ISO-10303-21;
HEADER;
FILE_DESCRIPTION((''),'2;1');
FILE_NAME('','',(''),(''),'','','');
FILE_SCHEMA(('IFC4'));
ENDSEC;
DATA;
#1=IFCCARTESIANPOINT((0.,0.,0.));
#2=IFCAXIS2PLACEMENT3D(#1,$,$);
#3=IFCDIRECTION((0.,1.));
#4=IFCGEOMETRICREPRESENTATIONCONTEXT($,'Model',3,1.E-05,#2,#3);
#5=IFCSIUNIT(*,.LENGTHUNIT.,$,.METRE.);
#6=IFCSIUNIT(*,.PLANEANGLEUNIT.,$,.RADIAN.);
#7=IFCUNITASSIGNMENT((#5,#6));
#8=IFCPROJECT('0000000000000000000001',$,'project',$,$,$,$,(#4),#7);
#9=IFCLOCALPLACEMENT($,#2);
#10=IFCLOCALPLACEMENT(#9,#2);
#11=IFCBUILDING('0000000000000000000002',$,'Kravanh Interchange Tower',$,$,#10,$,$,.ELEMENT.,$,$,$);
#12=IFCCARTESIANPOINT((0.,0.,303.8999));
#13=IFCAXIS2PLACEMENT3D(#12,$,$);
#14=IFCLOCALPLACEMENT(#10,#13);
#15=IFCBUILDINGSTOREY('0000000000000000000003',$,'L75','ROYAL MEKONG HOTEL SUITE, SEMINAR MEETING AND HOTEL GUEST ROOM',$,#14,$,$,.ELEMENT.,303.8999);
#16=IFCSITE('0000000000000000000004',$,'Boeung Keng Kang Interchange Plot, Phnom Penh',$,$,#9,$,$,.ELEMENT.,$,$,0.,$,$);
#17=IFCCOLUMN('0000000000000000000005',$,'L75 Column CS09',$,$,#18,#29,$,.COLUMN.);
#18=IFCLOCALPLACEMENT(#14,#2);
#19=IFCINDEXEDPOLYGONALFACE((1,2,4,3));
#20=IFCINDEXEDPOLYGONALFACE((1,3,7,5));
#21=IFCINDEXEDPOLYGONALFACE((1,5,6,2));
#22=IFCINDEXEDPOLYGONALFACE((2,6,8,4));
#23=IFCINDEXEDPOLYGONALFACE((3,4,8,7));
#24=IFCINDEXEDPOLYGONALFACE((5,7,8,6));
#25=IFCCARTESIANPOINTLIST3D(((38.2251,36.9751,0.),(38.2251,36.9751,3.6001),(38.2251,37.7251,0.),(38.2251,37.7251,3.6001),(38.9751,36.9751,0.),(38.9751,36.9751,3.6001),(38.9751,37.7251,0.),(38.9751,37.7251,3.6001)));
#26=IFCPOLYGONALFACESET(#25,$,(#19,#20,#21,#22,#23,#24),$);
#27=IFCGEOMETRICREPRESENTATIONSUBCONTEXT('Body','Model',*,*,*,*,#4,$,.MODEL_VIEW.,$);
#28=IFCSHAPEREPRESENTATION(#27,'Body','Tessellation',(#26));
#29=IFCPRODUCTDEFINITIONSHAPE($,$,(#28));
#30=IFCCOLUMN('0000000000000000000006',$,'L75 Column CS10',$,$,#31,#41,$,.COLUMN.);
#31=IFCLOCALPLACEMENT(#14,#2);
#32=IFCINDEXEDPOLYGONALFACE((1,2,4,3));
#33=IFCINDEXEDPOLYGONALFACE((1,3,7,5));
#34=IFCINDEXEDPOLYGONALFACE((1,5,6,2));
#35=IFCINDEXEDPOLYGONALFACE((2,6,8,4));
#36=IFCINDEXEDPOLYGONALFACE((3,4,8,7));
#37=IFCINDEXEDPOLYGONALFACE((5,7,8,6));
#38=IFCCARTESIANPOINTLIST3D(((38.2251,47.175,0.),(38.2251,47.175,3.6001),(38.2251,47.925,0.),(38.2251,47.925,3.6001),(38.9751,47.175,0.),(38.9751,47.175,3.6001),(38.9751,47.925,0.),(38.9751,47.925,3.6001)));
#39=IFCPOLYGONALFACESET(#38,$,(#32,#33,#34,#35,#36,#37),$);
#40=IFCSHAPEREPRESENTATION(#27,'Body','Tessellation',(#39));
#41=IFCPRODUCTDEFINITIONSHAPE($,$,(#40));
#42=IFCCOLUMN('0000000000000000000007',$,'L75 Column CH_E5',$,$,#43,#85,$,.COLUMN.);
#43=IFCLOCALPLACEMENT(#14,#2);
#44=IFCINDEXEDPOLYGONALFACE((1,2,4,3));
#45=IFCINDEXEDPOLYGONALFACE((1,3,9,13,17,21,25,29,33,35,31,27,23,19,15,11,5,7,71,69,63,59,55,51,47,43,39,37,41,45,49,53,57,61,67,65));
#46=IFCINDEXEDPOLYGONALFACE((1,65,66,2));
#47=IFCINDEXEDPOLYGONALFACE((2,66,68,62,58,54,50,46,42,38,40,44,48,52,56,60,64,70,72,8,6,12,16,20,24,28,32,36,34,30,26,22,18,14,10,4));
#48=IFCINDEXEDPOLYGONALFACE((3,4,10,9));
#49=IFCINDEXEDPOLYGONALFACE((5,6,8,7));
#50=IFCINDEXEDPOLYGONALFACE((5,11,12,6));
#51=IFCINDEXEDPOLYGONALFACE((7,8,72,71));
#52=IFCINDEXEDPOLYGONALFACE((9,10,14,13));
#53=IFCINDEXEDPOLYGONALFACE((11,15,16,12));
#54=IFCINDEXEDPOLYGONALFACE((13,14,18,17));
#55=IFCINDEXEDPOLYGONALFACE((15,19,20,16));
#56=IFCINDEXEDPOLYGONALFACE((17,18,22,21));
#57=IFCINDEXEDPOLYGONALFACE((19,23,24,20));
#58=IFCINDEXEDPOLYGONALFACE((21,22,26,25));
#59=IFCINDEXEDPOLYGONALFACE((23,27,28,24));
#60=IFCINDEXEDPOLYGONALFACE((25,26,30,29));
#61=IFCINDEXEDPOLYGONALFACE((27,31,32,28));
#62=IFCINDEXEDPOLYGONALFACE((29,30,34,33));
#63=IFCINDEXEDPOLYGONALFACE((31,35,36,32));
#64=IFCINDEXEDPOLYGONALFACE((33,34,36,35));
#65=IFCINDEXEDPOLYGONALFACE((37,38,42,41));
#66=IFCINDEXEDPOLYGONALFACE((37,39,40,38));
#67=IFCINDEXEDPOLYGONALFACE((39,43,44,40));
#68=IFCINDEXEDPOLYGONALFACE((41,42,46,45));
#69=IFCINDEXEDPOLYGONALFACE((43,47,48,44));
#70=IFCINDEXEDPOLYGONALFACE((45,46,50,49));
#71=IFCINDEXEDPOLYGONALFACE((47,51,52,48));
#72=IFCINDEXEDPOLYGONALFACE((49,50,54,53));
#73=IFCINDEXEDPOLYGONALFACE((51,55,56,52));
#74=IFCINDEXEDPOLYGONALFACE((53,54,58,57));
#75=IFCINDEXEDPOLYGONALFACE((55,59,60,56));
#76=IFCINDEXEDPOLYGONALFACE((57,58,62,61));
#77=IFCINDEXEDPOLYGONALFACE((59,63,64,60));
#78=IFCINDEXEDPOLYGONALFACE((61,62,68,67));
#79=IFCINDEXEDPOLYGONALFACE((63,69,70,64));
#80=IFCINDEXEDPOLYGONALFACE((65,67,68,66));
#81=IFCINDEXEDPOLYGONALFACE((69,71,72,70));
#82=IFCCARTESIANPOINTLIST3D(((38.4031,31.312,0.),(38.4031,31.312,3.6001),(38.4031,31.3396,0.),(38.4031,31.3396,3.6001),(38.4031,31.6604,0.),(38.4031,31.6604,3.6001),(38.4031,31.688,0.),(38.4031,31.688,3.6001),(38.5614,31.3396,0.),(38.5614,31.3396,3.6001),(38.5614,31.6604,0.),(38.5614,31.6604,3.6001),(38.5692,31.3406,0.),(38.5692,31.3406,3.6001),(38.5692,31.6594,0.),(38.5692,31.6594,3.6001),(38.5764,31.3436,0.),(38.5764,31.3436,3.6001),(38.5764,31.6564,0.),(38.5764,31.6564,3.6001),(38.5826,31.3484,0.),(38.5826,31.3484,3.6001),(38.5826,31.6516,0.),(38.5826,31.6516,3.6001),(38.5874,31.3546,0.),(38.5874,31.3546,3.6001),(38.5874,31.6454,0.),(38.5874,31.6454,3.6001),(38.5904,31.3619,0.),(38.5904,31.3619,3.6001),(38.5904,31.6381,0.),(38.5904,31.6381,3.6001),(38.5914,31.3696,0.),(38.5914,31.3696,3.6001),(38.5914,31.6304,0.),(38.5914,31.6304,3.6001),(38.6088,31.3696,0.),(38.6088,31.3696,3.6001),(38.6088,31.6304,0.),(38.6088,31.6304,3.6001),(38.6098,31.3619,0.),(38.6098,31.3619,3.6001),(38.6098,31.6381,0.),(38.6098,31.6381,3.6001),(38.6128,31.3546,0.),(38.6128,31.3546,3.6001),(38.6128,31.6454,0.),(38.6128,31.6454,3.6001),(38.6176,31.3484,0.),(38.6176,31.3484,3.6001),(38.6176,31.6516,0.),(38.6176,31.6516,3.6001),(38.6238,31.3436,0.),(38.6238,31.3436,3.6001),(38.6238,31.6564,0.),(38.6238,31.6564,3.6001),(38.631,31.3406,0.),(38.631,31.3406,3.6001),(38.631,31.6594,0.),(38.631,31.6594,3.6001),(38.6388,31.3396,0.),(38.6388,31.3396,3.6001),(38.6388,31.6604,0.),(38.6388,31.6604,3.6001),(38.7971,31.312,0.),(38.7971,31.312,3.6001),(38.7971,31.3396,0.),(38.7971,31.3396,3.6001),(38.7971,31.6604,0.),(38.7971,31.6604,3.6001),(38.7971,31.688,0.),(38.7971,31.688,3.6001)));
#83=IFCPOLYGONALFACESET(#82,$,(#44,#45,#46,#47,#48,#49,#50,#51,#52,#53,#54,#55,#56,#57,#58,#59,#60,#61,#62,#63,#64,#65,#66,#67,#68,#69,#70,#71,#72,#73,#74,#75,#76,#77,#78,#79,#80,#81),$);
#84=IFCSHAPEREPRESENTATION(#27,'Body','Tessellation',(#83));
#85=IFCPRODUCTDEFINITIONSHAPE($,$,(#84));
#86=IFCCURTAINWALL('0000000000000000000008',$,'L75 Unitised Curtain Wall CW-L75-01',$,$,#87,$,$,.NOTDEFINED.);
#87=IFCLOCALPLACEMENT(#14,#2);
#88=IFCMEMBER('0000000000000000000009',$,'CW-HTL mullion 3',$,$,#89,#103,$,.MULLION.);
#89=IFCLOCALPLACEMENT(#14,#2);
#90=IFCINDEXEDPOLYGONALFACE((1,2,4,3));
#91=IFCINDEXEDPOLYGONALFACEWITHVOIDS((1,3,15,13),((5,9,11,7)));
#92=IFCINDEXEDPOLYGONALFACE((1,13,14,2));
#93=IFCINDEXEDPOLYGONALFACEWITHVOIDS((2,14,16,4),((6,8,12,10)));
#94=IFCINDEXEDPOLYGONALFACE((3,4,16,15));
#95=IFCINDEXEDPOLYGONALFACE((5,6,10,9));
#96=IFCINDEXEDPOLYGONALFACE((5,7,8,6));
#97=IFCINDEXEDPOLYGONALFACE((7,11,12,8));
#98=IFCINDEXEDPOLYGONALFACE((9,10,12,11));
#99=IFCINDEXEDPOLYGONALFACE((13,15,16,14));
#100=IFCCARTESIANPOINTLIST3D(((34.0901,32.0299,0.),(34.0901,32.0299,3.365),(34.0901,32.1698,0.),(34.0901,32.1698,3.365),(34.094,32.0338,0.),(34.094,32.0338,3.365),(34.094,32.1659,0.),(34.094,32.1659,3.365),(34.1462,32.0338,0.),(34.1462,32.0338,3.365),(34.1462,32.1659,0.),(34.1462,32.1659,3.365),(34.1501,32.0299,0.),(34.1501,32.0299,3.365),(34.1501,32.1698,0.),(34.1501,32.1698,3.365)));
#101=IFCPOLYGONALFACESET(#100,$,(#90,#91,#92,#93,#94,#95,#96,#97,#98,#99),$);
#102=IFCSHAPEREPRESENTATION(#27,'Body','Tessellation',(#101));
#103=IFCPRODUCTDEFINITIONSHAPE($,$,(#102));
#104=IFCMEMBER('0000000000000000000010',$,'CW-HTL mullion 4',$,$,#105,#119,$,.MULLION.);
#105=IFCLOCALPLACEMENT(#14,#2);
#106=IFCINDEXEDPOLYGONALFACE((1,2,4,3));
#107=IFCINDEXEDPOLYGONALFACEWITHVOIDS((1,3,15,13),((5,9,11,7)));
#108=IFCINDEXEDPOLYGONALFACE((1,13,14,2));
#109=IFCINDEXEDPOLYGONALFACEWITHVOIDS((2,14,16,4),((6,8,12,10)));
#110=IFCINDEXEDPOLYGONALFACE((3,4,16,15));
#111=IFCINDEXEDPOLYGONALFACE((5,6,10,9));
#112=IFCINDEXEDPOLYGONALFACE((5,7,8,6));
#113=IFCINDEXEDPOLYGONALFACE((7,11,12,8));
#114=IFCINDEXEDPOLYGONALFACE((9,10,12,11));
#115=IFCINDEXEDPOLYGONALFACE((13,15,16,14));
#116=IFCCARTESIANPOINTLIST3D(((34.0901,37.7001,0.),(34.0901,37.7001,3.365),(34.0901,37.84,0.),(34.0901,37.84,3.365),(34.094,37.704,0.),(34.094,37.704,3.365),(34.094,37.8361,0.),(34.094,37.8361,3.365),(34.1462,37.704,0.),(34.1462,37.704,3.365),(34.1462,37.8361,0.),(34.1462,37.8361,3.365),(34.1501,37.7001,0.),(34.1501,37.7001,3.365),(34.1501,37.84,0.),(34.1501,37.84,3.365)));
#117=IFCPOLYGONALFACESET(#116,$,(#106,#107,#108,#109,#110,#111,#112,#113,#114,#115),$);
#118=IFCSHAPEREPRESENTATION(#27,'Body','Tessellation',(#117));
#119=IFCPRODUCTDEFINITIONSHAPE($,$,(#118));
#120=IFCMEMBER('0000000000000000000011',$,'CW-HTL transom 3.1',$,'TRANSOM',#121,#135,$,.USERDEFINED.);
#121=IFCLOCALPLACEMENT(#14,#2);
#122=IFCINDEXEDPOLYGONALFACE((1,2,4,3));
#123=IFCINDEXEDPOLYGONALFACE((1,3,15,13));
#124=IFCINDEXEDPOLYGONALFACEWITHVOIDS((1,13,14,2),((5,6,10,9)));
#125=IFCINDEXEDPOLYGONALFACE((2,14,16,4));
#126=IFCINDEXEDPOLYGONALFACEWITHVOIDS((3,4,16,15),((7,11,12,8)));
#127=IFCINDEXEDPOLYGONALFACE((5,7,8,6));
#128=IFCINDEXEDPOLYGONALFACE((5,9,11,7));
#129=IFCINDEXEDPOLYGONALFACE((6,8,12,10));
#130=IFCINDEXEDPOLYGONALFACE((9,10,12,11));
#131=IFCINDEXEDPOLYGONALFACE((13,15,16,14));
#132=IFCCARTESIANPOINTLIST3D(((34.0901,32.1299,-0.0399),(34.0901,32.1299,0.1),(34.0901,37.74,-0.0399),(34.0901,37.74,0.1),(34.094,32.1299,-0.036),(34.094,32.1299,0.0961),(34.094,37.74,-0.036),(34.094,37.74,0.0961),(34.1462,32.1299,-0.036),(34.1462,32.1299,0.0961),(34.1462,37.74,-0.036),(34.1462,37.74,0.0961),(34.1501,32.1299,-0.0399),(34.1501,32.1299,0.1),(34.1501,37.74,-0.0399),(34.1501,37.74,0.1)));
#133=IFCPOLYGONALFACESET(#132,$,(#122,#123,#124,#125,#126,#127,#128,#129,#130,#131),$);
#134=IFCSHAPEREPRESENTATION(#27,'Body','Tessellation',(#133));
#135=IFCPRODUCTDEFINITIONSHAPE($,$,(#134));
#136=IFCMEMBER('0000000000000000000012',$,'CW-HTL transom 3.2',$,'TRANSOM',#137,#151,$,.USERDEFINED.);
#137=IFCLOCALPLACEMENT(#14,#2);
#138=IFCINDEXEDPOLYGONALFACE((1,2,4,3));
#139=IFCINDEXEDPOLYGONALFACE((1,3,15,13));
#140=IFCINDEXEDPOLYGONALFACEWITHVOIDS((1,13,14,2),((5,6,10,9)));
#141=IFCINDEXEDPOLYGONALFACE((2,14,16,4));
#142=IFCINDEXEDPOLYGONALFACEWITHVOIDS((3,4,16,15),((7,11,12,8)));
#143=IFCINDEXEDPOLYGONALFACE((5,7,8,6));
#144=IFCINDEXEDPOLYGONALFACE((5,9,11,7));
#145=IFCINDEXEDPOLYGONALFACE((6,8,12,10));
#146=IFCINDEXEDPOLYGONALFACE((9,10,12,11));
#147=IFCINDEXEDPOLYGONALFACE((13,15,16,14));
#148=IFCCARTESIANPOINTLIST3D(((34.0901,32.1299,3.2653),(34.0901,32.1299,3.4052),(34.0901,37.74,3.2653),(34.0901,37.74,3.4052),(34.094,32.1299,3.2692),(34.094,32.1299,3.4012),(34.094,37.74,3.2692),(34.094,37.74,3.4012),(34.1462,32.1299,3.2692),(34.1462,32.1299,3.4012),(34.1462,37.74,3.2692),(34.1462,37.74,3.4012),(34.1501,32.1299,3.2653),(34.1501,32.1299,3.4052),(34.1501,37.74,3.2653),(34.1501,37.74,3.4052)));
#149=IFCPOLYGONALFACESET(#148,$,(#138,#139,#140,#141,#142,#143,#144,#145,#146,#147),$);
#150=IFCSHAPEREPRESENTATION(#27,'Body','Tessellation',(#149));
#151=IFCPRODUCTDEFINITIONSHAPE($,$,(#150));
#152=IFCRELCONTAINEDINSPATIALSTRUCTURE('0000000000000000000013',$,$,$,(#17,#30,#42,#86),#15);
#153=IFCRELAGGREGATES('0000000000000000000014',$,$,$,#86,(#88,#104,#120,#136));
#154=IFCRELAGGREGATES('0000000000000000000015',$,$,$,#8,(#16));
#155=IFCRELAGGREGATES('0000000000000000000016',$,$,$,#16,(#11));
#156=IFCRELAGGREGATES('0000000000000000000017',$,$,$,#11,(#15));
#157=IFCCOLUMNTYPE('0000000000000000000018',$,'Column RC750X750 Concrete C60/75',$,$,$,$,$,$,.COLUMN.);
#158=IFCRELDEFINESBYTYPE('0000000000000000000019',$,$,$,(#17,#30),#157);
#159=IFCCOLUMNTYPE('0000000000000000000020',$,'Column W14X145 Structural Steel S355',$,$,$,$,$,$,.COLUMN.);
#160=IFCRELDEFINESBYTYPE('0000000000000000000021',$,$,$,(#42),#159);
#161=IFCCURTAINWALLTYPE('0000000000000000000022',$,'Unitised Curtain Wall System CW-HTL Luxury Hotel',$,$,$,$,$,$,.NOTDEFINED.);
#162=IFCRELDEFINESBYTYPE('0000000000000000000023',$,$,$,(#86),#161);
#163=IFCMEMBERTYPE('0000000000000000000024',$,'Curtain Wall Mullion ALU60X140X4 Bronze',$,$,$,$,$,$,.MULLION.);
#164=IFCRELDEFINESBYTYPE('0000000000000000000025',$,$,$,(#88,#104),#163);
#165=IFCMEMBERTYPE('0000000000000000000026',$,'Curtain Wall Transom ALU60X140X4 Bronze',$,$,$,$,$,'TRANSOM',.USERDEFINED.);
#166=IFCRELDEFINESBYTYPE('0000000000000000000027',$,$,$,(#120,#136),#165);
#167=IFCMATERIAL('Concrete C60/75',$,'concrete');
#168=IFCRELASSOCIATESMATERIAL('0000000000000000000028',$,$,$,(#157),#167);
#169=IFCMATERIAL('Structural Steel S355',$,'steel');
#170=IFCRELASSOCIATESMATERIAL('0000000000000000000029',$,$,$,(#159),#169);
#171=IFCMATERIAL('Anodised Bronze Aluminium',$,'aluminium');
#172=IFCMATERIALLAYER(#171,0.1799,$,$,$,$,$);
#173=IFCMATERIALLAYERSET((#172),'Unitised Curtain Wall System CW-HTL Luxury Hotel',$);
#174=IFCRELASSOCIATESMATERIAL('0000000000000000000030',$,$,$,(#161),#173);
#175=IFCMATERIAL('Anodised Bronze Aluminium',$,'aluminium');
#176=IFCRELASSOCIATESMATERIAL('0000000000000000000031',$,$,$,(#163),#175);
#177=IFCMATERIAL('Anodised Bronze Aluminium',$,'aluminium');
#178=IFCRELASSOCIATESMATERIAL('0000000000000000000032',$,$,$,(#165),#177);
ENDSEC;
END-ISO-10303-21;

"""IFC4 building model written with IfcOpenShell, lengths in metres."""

from ifc_helpers import new_model, si_unit, direction, frame, origin, origin_2d, place, context, subcontext, project, spatial, rectangle, hollow_rectangle, i_section, extrude, material, layer, layer_set, material_profile, profile_set, type_object, element, aggregate, save


model = new_model("IFC4")

# Units and contexts
model_context = context("Model", 3, precision=1e-05, world=origin(), true_north=direction((0.0, 1.0)))
body_context = subcontext(model_context, "Body", "Model", "MODEL_VIEW")
ifc_project = project(units=[si_unit("LENGTHUNIT", "METRE"), si_unit("PLANEANGLEUNIT", "RADIAN")], contexts=[model_context])

# Site, building, storey
site_placement = place(None, origin())
site = spatial("IfcSite", under=ifc_project, at=site_placement, Name="Boeung Keng Kang Interchange Plot, Phnom Penh", CompositionType="ELEMENT", RefElevation=0.0)
building_placement = place(site_placement, origin())
building = spatial("IfcBuilding", under=site, at=building_placement, Name="Kravanh Interchange Tower", CompositionType="ELEMENT")
storey_placement = place(building_placement, frame((0.0, 0.0, 303.8999)))
storey = spatial("IfcBuildingStorey", under=building, at=storey_placement, Name="L75", Description="ROYAL MEKONG HOTEL SUITE, SEMINAR MEETING AND HOTEL GUEST ROOM", CompositionType="ELEMENT", Elevation=303.8999)

# Columns
ifc_material_1 = material(Name="Concrete C60/75", Category="concrete")
ifc_material_profile_1 = material_profile(ifc_material_1, rectangle(XDim=0.75, YDim=0.75, at=origin_2d()), Name="RC750X750")
ifc_profile_set_1 = profile_set([ifc_material_profile_1], Name="Concrete C60/75")
column_type_1 = type_object("IfcColumnType", Name="Column RC750X750 Concrete C60/75", PredefinedType="COLUMN", material=ifc_profile_set_1)
for number, where, z_axis, x_axis, name in (
    (1, (38.6001, 37.3501, 0.0), (0.0, 0.0, 1.0), (1.0, 0.0, 0.0), "L75 Column CS09"),
    (2, (38.6001, 47.55, 0.0), (0.0, 0.0, 1.0), (1.0, 0.0, 0.0), "L75 Column CS10"),
):
    element("IfcColumn", number, at=place(storey_placement, frame(where, z_axis=z_axis, x_axis=x_axis)), inside=storey, type_object=column_type_1, Name=name, PredefinedType="COLUMN", context=body_context, shape_type="SweptSolid", body=[
        extrude(rectangle(XDim=0.75, YDim=0.75, at=origin_2d()), origin(), (0.0, 0.0, 1.0), 3.6001),
    ])
ifc_material_2 = material(Name="Structural Steel S355", Category="steel")
ifc_material_profile_2 = material_profile(ifc_material_2, i_section(OverallWidth=0.394, OverallDepth=0.376, WebThickness=0.0173, FlangeThickness=0.0276, FilletRadius=0.03, at=origin_2d()), Name="W14X145")
ifc_profile_set_2 = profile_set([ifc_material_profile_2], Name="Structural Steel S355")
column_type_2 = type_object("IfcColumnType", Name="Column W14X145 Structural Steel S355", PredefinedType="COLUMN", material=ifc_profile_set_2)
column_placement = place(storey_placement, frame((38.6001, 31.5, 0.0), z_axis=(0.0, 0.0, 1.0), x_axis=(1.0, 0.0, 0.0)))
element("IfcColumn", 3, at=column_placement, inside=storey, type_object=column_type_2, Name="L75 Column CH_E5", PredefinedType="COLUMN", context=body_context, shape_type="SweptSolid", body=[
    extrude(i_section(OverallWidth=0.394, OverallDepth=0.376, WebThickness=0.0173, FlangeThickness=0.0276, FilletRadius=0.03, at=origin_2d()), origin(), (0.0, 0.0, 1.0), 3.6001),
])

# Curtain wall, members
ifc_material_3 = material(Name="Anodised Bronze Aluminium", Category="aluminium")
ifc_layer_1 = layer(ifc_material_3, 0.1799)
ifc_layer_set_1 = layer_set([ifc_layer_1], Name="Unitised Curtain Wall System CW-HTL Luxury Hotel")
curtain_wall_type = type_object("IfcCurtainWallType", Name="Unitised Curtain Wall System CW-HTL Luxury Hotel", PredefinedType="NOTDEFINED", material=ifc_layer_set_1)
curtain_wall_placement = place(storey_placement, origin())
curtain_wall = element("IfcCurtainWall", 4, at=curtain_wall_placement, inside=storey, type_object=curtain_wall_type, Name="L75 Unitised Curtain Wall CW-L75-01", PredefinedType="NOTDEFINED")
ifc_material_4 = material(Name="Anodised Bronze Aluminium", Category="aluminium")
ifc_material_profile_3 = material_profile(ifc_material_4, hollow_rectangle(XDim=0.0601, YDim=0.1399, WallThickness=0.0039, at=origin_2d()), Name="ALU60X140X4")
ifc_profile_set_3 = profile_set([ifc_material_profile_3], Name="Anodised Bronze Aluminium")
member_type_1 = type_object("IfcMemberType", Name="Curtain Wall Mullion ALU60X140X4 Bronze", PredefinedType="MULLION", material=ifc_profile_set_3)
member_1_placement = place(storey_placement, frame((34.1201, 32.0999, 0.0), z_axis=(0.0, 0.0, 1.0), x_axis=(-1.0, 0.0, 0.0)))
member_1 = element("IfcMember", 5, at=member_1_placement, type_object=member_type_1, Name="CW-HTL mullion 3", PredefinedType="MULLION", context=body_context, shape_type="SweptSolid", body=[
    extrude(hollow_rectangle(XDim=0.0601, YDim=0.1399, WallThickness=0.0039, at=origin_2d()), origin(), (0.0, 0.0, 1.0), 3.365),
])
member_2_placement = place(storey_placement, frame((34.1201, 37.77, 0.0), z_axis=(0.0, 0.0, 1.0), x_axis=(-1.0, 0.0, 0.0)))
member_2 = element("IfcMember", 6, at=member_2_placement, type_object=member_type_1, Name="CW-HTL mullion 4", PredefinedType="MULLION", context=body_context, shape_type="SweptSolid", body=[
    extrude(hollow_rectangle(XDim=0.0601, YDim=0.1399, WallThickness=0.0039, at=origin_2d()), origin(), (0.0, 0.0, 1.0), 3.365),
])
ifc_material_5 = material(Name="Anodised Bronze Aluminium", Category="aluminium")
ifc_material_profile_4 = material_profile(ifc_material_5, hollow_rectangle(XDim=0.0601, YDim=0.1399, WallThickness=0.0039, at=origin_2d()), Name="ALU60X140X4")
ifc_profile_set_4 = profile_set([ifc_material_profile_4], Name="Anodised Bronze Aluminium")
member_type_2 = type_object("IfcMemberType", Name="Curtain Wall Transom ALU60X140X4 Bronze", ElementType="TRANSOM", PredefinedType="USERDEFINED", material=ifc_profile_set_4)
member_3_placement = place(storey_placement, frame((34.1201, 32.1299, 0.03), z_axis=(0.0, 1.0, 0.0), x_axis=(-1.0, 0.0, 0.0)))
member_3 = element("IfcMember", 7, at=member_3_placement, type_object=member_type_2, Name="CW-HTL transom 3.1", ObjectType="TRANSOM", PredefinedType="USERDEFINED", context=body_context, shape_type="SweptSolid", body=[
    extrude(hollow_rectangle(XDim=0.0601, YDim=0.1399, WallThickness=0.0039, at=origin_2d()), origin(), (0.0, 0.0, 1.0), 5.6101),
])
member_4_placement = place(storey_placement, frame((34.1201, 32.1299, 3.3352), z_axis=(0.0, 1.0, 0.0), x_axis=(-1.0, 0.0, 0.0)))
member_4 = element("IfcMember", 8, at=member_4_placement, type_object=member_type_2, Name="CW-HTL transom 3.2", ObjectType="TRANSOM", PredefinedType="USERDEFINED", context=body_context, shape_type="SweptSolid", body=[
    extrude(hollow_rectangle(XDim=0.0601, YDim=0.1399, WallThickness=0.0039, at=origin_2d()), origin(), (0.0, 0.0, 1.0), 5.6101),
])

aggregate(curtain_wall, [member_1, member_2, member_3, member_4])

save(model, "model.ifc")
